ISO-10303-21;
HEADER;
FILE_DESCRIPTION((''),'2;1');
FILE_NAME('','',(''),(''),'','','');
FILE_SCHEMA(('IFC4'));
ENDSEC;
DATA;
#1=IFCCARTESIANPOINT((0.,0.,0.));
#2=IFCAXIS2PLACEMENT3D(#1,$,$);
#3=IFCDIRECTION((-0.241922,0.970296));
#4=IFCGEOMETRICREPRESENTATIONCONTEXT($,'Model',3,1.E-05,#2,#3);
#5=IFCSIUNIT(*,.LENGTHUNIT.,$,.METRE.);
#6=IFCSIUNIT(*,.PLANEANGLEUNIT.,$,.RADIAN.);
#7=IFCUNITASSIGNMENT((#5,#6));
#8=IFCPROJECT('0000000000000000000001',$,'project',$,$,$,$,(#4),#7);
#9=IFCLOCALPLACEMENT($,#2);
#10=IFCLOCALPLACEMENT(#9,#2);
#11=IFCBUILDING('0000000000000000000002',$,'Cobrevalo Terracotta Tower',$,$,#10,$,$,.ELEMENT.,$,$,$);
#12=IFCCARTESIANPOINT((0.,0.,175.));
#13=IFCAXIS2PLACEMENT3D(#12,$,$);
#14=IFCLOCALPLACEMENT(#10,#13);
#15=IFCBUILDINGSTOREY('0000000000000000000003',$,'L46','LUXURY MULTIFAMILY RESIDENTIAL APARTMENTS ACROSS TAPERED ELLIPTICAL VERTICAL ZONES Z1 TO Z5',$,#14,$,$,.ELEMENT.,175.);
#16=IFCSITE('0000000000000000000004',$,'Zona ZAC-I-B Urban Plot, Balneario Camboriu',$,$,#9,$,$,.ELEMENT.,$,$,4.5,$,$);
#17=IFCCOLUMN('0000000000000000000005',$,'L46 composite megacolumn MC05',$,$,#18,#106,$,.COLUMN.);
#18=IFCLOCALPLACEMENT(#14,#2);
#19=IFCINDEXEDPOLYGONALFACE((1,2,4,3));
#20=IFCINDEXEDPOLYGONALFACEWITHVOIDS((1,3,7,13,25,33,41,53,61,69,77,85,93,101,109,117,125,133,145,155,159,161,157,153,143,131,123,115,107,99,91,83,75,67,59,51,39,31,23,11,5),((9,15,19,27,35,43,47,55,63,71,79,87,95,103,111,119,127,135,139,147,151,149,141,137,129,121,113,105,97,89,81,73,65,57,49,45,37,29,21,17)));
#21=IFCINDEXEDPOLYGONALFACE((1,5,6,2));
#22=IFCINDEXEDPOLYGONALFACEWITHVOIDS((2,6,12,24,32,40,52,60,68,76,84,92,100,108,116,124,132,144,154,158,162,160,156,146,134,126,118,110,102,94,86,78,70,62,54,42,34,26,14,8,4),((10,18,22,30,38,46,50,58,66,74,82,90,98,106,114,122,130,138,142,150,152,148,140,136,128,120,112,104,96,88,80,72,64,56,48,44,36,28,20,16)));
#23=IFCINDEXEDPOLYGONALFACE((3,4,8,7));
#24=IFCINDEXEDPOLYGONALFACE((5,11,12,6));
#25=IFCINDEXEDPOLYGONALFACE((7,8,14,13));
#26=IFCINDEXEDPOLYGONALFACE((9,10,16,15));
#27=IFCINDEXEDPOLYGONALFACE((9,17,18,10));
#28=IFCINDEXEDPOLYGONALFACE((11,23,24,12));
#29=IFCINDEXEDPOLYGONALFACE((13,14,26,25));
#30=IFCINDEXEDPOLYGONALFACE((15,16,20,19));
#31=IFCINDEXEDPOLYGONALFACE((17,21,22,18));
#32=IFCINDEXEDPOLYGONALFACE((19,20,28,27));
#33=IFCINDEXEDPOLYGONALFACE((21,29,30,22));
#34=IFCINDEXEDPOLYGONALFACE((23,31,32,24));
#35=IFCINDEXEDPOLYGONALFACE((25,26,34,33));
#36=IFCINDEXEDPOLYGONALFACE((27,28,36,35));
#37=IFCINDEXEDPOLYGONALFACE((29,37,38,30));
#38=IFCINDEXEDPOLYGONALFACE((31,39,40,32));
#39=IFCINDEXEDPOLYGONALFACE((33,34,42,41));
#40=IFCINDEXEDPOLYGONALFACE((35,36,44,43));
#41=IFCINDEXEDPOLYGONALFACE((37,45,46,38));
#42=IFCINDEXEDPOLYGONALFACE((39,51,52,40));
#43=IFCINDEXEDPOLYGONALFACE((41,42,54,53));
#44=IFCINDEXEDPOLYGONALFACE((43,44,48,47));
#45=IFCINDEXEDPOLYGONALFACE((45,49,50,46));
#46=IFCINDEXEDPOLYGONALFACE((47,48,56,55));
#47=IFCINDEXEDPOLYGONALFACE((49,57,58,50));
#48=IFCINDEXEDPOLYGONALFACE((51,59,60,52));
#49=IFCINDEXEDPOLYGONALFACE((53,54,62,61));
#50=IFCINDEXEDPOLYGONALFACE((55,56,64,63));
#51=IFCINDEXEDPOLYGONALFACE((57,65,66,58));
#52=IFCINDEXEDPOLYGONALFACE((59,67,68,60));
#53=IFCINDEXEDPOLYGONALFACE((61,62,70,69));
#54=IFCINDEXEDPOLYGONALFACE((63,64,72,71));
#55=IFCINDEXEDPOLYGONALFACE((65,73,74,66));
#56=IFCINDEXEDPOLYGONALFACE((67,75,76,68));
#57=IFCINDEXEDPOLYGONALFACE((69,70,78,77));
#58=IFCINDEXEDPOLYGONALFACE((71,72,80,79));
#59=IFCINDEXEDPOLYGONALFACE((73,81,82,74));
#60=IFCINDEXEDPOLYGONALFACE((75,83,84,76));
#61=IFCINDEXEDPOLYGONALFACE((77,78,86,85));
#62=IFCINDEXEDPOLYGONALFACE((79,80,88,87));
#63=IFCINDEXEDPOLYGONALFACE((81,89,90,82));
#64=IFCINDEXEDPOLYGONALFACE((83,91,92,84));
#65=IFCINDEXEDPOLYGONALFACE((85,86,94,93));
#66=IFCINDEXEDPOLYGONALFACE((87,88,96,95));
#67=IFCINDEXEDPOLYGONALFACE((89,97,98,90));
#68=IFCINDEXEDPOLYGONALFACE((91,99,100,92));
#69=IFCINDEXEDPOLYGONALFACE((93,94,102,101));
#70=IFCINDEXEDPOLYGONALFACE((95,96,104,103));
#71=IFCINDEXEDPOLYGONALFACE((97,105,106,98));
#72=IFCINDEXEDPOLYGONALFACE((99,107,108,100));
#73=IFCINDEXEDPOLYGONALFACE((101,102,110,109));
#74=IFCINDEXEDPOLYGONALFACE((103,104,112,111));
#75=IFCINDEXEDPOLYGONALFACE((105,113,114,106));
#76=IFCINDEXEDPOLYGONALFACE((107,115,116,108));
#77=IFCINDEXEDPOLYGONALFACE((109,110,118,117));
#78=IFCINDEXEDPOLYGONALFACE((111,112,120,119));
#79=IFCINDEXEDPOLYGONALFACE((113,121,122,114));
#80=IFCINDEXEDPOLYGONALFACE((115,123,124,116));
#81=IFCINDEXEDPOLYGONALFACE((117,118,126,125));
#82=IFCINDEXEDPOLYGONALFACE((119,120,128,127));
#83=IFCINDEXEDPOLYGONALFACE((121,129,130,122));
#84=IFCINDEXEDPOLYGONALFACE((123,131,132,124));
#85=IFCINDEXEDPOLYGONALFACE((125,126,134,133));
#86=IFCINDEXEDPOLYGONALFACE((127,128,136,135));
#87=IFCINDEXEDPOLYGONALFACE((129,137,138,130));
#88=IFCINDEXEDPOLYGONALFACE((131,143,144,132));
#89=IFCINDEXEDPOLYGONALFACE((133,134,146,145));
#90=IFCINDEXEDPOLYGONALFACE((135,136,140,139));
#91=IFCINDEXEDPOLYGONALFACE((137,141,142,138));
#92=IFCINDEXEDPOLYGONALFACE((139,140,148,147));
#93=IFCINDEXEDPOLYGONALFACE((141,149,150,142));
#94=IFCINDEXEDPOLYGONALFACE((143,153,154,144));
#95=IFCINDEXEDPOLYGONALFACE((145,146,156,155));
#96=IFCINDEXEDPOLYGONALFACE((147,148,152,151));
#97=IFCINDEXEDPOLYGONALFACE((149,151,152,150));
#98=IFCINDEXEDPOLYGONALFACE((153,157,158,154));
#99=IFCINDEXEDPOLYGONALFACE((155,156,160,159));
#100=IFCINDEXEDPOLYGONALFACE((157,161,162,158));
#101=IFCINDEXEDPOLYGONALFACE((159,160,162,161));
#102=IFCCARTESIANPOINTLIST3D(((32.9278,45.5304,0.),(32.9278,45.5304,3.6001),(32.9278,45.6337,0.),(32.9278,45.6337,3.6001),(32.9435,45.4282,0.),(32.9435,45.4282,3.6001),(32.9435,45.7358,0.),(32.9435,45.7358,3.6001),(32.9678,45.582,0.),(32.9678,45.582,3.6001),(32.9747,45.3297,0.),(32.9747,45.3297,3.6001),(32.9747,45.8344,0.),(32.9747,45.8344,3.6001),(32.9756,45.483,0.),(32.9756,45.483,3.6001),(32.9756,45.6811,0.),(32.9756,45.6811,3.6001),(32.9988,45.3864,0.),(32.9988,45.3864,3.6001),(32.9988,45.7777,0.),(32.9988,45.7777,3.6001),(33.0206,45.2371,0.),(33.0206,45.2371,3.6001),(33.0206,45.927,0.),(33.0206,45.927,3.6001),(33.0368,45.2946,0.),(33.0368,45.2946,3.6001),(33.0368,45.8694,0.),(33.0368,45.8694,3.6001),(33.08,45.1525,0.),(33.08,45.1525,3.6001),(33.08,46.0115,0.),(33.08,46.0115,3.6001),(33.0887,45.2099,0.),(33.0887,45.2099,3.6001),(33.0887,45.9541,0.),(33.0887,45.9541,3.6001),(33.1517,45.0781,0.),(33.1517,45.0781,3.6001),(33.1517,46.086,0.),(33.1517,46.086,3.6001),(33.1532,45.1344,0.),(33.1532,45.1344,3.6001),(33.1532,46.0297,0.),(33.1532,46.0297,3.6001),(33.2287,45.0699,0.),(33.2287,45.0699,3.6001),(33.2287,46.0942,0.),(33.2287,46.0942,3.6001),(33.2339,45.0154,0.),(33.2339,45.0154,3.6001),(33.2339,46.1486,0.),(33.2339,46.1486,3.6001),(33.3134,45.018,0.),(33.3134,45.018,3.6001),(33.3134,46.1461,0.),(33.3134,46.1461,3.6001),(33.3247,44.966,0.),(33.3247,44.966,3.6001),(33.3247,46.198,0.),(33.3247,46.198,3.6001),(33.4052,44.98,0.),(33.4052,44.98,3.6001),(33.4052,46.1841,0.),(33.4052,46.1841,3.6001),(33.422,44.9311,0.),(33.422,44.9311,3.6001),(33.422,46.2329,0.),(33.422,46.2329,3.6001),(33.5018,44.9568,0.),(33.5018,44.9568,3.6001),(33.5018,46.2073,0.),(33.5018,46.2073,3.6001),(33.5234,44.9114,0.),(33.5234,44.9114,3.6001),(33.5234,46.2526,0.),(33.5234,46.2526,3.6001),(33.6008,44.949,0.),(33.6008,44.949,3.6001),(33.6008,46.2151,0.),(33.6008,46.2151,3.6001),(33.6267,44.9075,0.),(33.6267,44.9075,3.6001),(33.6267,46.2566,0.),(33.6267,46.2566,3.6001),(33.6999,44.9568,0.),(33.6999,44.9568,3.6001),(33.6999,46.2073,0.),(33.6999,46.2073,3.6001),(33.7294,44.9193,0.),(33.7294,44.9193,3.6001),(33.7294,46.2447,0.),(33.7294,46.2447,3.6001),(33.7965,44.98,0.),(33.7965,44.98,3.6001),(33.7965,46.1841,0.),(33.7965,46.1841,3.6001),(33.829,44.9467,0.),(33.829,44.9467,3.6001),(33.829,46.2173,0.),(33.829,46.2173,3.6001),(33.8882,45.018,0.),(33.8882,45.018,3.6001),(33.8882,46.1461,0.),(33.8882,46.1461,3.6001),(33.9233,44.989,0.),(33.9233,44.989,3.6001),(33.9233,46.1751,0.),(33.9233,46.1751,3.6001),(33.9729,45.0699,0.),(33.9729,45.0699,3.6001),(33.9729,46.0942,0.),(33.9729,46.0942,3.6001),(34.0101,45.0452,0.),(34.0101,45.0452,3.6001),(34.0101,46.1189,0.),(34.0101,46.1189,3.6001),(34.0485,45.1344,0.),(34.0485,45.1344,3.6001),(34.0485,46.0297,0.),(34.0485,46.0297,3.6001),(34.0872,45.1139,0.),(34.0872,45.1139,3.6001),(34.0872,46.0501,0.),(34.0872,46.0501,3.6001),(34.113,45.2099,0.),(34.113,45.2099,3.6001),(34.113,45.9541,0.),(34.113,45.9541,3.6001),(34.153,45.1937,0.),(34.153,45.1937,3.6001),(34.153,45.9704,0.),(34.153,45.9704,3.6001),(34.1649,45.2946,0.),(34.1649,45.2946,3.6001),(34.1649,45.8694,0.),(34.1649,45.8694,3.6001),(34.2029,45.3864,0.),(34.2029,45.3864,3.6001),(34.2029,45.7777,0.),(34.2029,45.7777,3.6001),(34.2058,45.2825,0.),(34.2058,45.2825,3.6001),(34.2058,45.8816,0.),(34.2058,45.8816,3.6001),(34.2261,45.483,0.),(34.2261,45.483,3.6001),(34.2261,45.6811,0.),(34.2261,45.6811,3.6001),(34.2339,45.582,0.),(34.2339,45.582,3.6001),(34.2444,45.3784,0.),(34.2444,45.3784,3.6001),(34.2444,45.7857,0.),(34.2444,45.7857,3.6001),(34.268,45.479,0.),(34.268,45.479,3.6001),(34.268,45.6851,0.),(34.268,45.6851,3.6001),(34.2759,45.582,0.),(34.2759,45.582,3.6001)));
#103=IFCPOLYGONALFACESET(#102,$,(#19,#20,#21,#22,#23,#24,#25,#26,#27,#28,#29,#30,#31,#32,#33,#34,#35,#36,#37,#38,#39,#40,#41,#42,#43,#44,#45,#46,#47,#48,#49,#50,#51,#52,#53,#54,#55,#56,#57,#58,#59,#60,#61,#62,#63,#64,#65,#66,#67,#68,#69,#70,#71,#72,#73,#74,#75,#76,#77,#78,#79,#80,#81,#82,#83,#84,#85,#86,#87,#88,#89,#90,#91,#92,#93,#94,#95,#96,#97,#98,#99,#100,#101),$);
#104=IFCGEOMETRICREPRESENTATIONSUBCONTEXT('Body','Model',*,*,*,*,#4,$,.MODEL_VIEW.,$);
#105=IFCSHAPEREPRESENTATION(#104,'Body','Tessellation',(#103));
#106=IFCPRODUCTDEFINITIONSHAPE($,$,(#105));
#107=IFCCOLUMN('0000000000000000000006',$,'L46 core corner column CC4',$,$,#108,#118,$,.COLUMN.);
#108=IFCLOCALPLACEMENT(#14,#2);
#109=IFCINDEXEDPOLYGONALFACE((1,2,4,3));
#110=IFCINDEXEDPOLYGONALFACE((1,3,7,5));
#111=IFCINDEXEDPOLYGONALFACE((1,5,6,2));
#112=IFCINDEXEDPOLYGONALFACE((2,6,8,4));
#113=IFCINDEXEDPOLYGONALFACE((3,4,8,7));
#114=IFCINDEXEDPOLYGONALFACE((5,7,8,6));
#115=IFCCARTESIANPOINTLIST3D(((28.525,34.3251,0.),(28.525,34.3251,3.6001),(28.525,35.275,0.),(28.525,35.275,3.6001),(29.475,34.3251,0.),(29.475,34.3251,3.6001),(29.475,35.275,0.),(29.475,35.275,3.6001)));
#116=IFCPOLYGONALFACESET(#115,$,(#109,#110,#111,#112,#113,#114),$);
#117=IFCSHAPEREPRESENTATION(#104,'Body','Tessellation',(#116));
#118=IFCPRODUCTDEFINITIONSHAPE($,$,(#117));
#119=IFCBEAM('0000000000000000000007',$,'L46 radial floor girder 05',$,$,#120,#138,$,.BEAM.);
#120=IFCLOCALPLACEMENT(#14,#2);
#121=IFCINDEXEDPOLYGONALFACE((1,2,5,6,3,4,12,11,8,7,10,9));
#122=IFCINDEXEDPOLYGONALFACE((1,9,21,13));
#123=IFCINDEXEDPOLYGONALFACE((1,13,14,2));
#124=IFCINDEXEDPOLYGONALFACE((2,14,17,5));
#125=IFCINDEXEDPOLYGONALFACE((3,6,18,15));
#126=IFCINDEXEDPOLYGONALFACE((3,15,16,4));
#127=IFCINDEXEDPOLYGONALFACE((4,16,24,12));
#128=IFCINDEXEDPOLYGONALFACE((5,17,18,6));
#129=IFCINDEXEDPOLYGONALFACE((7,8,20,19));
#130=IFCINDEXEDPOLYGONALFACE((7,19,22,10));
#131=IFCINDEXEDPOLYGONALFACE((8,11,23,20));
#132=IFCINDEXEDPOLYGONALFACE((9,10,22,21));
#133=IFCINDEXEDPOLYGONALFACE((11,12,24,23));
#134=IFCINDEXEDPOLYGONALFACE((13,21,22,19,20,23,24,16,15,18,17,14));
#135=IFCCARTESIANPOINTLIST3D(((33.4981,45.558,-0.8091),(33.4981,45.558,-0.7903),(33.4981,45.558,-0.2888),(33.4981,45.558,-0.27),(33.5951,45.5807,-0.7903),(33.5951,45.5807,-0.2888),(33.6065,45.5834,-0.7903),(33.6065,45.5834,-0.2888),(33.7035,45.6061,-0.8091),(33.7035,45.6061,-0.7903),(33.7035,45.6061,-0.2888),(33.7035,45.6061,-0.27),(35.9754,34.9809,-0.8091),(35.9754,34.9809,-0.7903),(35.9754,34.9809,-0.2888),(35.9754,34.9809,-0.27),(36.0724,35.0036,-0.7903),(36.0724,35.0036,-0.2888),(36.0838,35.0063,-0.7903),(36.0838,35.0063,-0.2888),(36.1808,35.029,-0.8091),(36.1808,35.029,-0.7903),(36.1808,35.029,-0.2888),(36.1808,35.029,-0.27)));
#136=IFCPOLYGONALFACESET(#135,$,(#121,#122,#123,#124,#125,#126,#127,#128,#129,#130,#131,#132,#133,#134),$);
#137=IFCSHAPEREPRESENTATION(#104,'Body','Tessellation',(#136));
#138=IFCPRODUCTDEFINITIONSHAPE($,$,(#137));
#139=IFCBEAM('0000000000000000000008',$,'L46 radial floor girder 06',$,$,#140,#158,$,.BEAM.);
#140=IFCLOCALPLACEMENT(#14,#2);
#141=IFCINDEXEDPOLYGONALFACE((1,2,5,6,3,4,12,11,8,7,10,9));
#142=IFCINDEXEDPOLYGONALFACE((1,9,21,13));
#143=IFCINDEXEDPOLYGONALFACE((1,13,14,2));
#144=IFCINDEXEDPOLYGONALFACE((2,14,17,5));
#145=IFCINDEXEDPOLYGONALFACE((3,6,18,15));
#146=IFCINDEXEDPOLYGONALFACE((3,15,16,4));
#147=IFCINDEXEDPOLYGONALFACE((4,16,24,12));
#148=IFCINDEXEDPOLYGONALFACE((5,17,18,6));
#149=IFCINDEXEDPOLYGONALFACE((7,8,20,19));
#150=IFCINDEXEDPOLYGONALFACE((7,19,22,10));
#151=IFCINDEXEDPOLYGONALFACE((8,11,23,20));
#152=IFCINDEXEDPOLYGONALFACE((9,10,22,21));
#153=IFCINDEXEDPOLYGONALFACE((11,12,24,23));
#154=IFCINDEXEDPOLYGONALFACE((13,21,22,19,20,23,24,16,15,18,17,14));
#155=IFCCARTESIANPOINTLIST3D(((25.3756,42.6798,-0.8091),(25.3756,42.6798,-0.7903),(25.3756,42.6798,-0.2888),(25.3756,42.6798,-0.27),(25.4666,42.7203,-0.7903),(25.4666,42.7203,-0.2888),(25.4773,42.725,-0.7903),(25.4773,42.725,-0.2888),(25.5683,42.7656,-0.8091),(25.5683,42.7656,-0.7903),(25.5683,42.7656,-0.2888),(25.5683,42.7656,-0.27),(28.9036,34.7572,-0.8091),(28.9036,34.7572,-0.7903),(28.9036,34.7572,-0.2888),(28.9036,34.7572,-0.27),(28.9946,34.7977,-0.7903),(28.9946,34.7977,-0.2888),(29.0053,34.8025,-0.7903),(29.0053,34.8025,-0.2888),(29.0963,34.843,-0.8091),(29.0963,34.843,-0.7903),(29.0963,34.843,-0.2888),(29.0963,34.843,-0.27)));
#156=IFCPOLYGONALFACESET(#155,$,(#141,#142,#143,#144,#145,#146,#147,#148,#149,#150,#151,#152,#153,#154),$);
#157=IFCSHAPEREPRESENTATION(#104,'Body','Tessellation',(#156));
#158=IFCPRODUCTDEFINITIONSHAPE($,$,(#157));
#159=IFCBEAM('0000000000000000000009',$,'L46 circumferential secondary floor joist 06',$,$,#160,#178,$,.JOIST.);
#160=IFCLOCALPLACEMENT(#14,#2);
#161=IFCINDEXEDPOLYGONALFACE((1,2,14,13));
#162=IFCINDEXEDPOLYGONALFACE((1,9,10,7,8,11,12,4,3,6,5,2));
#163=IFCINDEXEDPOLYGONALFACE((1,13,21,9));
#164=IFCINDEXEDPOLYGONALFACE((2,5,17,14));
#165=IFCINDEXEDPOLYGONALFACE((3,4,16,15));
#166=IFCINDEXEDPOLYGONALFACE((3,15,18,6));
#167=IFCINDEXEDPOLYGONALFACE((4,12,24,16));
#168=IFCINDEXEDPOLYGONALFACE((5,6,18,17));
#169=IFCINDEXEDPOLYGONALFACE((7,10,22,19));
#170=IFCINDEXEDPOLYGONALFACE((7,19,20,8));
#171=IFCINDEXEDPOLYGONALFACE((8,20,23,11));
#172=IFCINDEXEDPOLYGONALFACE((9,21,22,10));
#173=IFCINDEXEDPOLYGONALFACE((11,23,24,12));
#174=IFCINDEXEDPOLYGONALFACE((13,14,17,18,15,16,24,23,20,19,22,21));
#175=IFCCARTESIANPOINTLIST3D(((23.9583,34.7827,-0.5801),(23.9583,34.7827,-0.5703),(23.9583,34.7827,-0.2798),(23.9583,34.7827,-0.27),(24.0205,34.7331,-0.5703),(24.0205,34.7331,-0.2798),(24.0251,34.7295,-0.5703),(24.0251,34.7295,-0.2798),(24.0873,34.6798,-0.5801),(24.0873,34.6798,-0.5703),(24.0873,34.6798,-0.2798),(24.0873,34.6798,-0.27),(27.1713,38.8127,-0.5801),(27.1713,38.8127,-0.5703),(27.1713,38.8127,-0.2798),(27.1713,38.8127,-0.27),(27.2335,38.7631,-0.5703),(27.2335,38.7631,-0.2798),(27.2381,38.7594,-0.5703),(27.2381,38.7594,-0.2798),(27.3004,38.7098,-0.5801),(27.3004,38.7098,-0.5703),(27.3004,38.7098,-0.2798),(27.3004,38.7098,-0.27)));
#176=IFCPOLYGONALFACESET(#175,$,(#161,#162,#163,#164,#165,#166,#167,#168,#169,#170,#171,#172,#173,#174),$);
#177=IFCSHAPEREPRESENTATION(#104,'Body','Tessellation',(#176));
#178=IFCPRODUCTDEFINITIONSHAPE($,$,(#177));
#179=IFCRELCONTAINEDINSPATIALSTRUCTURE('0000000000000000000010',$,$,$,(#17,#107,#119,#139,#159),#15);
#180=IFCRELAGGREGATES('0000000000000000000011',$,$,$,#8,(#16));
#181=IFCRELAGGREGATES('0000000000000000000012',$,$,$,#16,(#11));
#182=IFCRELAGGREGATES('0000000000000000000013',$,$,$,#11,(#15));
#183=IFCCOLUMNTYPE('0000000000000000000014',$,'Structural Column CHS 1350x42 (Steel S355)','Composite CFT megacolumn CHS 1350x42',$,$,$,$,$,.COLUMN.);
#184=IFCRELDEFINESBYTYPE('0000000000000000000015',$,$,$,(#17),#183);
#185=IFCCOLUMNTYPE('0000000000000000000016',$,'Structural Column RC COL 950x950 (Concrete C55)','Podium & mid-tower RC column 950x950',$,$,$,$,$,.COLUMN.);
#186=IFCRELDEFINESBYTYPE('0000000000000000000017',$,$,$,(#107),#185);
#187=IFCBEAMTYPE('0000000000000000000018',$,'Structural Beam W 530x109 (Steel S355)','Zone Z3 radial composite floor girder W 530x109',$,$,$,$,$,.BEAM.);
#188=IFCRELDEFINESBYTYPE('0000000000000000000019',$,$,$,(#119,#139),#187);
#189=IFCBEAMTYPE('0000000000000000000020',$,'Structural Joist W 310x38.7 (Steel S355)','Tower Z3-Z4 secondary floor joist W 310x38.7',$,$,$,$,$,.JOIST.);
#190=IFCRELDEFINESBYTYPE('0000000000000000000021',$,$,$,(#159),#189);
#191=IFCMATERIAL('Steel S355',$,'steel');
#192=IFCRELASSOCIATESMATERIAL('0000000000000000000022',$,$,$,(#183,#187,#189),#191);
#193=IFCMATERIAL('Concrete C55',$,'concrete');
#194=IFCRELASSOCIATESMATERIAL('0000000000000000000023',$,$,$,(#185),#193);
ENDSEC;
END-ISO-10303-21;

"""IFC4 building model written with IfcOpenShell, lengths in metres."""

from ifc_helpers import new_model, si_unit, direction, frame, origin, origin_2d, place, context, subcontext, project, spatial, rectangle, hollow_circle, i_section, extrude, material, material_profile, profile_set, type_object, element, save


model = new_model("IFC4")

# Units and contexts
model_context = context("Model", 3, precision=1e-05, world=origin(), true_north=direction((-0.241922, 0.970296)))
body_context = subcontext(model_context, "Body", "Model", "MODEL_VIEW")
ifc_project = project(units=[si_unit("LENGTHUNIT", "METRE"), si_unit("PLANEANGLEUNIT", "RADIAN")], contexts=[model_context])

# Site, building, storey
site_placement = place(None, origin())
site = spatial("IfcSite", under=ifc_project, at=site_placement, Name="Zona ZAC-I-B Urban Plot, Balneario Camboriu", CompositionType="ELEMENT", RefElevation=4.5)
building_placement = place(site_placement, origin())
building = spatial("IfcBuilding", under=site, at=building_placement, Name="Cobrevalo Terracotta Tower", CompositionType="ELEMENT")
storey_placement = place(building_placement, frame((0.0, 0.0, 175.0)))
storey = spatial("IfcBuildingStorey", under=building, at=storey_placement, Name="L46", Description="LUXURY MULTIFAMILY RESIDENTIAL APARTMENTS ACROSS TAPERED ELLIPTICAL VERTICAL ZONES Z1 TO Z5", CompositionType="ELEMENT", Elevation=175.0)

# Columns
ifc_material_1 = material(Name="Steel S355", Category="steel")
ifc_material_profile_1 = material_profile(ifc_material_1, hollow_circle(Radius=0.675, WallThickness=0.042, at=origin_2d()), Name="CHS 1350x42")
ifc_profile_set_1 = profile_set([ifc_material_profile_1], Name="Steel S355")
column_type_1 = type_object("IfcColumnType", Name="Structural Column CHS 1350x42 (Steel S355)", Description="Composite CFT megacolumn CHS 1350x42", PredefinedType="COLUMN", material=ifc_profile_set_1)
column_1_placement = place(storey_placement, frame((33.6008, 45.582, 0.0), z_axis=(0.0, 0.0, 1.0), x_axis=(1.0, 0.0, 0.0)))
element("IfcColumn", 1, at=column_1_placement, inside=storey, type_object=column_type_1, Name="L46 composite megacolumn MC05", PredefinedType="COLUMN", context=body_context, shape_type="SweptSolid", body=[
    extrude(hollow_circle(Radius=0.675, WallThickness=0.042, at=origin_2d()), origin(), (0.0, 0.0, 1.0), 3.6001),
])
ifc_material_2 = material(Name="Concrete C55", Category="concrete")
ifc_material_profile_2 = material_profile(ifc_material_2, rectangle(XDim=0.95, YDim=0.95, at=origin_2d()), Name="RC COL 950x950")
ifc_profile_set_2 = profile_set([ifc_material_profile_2], Name="Concrete C55")
column_type_2 = type_object("IfcColumnType", Name="Structural Column RC COL 950x950 (Concrete C55)", Description="Podium & mid-tower RC column 950x950", PredefinedType="COLUMN", material=ifc_profile_set_2)
column_2_placement = place(storey_placement, frame((29.0, 34.8, 0.0), z_axis=(0.0, 0.0, 1.0), x_axis=(1.0, 0.0, 0.0)))
element("IfcColumn", 2, at=column_2_placement, inside=storey, type_object=column_type_2, Name="L46 core corner column CC4", PredefinedType="COLUMN", context=body_context, shape_type="SweptSolid", body=[
    extrude(rectangle(XDim=0.95, YDim=0.95, at=origin_2d()), origin(), (0.0, 0.0, 1.0), 3.6001),
])

# Beams
ifc_material_profile_3 = material_profile(ifc_material_1, i_section(OverallWidth=0.2109, OverallDepth=0.5391, WebThickness=0.0117, FlangeThickness=0.0188, at=origin_2d()), Name="W 530x109")
ifc_profile_set_3 = profile_set([ifc_material_profile_3], Name="Steel S355")
beam_type_1 = type_object("IfcBeamType", Name="Structural Beam W 530x109 (Steel S355)", Description="Zone Z3 radial composite floor girder W 530x109", PredefinedType="BEAM", material=ifc_profile_set_3)
beam_1_placement = place(storey_placement, frame((33.6008, 45.582, -0.5396), z_axis=(0.228041, -0.973652, 0.0), x_axis=(0.973652, 0.228041, 0.0)))
element("IfcBeam", 3, at=beam_1_placement, inside=storey, type_object=beam_type_1, Name="L46 radial floor girder 05", PredefinedType="BEAM", context=body_context, shape_type="SweptSolid", body=[
    extrude(i_section(OverallWidth=0.2109, OverallDepth=0.5391, WebThickness=0.0117, FlangeThickness=0.0188, at=origin_2d()), origin(), (0.0, 0.0, 1.0), 10.8633),
])
beam_2_placement = place(storey_placement, frame((25.4719, 42.7227, -0.5396), z_axis=(0.406804, -0.913515, 0.0), x_axis=(0.913515, 0.406804, 0.0)))
element("IfcBeam", 4, at=beam_2_placement, inside=storey, type_object=beam_type_1, Name="L46 radial floor girder 06", PredefinedType="BEAM", context=body_context, shape_type="SweptSolid", body=[
    extrude(i_section(OverallWidth=0.2109, OverallDepth=0.5391, WebThickness=0.0117, FlangeThickness=0.0188, at=origin_2d()), origin(), (0.0, 0.0, 1.0), 8.6726),
])
ifc_material_profile_4 = material_profile(ifc_material_1, i_section(OverallWidth=0.165, OverallDepth=0.3101, WebThickness=0.0059, FlangeThickness=0.0098, at=origin_2d()), Name="W 310x38.7")
ifc_profile_set_4 = profile_set([ifc_material_profile_4], Name="Steel S355")
beam_type_2 = type_object("IfcBeamType", Name="Structural Joist W 310x38.7 (Steel S355)", Description="Tower Z3-Z4 secondary floor joist W 310x38.7", PredefinedType="JOIST", material=ifc_profile_set_4)
beam_3_placement = place(storey_placement, frame((27.2358, 38.7612, -0.425), z_axis=(-0.623406, -0.781898, 0.0), x_axis=(0.781898, -0.623406, 0.0)))
element("IfcBeam", 5, at=beam_3_placement, inside=storey, type_object=beam_type_2, Name="L46 circumferential secondary floor joist 06", PredefinedType="JOIST", context=body_context, shape_type="SweptSolid", body=[
    extrude(i_section(OverallWidth=0.165, OverallDepth=0.3101, WebThickness=0.0059, FlangeThickness=0.0098, at=origin_2d()), origin(), (0.0, 0.0, 1.0), 5.1541),
])

save(model, "model.ifc")
